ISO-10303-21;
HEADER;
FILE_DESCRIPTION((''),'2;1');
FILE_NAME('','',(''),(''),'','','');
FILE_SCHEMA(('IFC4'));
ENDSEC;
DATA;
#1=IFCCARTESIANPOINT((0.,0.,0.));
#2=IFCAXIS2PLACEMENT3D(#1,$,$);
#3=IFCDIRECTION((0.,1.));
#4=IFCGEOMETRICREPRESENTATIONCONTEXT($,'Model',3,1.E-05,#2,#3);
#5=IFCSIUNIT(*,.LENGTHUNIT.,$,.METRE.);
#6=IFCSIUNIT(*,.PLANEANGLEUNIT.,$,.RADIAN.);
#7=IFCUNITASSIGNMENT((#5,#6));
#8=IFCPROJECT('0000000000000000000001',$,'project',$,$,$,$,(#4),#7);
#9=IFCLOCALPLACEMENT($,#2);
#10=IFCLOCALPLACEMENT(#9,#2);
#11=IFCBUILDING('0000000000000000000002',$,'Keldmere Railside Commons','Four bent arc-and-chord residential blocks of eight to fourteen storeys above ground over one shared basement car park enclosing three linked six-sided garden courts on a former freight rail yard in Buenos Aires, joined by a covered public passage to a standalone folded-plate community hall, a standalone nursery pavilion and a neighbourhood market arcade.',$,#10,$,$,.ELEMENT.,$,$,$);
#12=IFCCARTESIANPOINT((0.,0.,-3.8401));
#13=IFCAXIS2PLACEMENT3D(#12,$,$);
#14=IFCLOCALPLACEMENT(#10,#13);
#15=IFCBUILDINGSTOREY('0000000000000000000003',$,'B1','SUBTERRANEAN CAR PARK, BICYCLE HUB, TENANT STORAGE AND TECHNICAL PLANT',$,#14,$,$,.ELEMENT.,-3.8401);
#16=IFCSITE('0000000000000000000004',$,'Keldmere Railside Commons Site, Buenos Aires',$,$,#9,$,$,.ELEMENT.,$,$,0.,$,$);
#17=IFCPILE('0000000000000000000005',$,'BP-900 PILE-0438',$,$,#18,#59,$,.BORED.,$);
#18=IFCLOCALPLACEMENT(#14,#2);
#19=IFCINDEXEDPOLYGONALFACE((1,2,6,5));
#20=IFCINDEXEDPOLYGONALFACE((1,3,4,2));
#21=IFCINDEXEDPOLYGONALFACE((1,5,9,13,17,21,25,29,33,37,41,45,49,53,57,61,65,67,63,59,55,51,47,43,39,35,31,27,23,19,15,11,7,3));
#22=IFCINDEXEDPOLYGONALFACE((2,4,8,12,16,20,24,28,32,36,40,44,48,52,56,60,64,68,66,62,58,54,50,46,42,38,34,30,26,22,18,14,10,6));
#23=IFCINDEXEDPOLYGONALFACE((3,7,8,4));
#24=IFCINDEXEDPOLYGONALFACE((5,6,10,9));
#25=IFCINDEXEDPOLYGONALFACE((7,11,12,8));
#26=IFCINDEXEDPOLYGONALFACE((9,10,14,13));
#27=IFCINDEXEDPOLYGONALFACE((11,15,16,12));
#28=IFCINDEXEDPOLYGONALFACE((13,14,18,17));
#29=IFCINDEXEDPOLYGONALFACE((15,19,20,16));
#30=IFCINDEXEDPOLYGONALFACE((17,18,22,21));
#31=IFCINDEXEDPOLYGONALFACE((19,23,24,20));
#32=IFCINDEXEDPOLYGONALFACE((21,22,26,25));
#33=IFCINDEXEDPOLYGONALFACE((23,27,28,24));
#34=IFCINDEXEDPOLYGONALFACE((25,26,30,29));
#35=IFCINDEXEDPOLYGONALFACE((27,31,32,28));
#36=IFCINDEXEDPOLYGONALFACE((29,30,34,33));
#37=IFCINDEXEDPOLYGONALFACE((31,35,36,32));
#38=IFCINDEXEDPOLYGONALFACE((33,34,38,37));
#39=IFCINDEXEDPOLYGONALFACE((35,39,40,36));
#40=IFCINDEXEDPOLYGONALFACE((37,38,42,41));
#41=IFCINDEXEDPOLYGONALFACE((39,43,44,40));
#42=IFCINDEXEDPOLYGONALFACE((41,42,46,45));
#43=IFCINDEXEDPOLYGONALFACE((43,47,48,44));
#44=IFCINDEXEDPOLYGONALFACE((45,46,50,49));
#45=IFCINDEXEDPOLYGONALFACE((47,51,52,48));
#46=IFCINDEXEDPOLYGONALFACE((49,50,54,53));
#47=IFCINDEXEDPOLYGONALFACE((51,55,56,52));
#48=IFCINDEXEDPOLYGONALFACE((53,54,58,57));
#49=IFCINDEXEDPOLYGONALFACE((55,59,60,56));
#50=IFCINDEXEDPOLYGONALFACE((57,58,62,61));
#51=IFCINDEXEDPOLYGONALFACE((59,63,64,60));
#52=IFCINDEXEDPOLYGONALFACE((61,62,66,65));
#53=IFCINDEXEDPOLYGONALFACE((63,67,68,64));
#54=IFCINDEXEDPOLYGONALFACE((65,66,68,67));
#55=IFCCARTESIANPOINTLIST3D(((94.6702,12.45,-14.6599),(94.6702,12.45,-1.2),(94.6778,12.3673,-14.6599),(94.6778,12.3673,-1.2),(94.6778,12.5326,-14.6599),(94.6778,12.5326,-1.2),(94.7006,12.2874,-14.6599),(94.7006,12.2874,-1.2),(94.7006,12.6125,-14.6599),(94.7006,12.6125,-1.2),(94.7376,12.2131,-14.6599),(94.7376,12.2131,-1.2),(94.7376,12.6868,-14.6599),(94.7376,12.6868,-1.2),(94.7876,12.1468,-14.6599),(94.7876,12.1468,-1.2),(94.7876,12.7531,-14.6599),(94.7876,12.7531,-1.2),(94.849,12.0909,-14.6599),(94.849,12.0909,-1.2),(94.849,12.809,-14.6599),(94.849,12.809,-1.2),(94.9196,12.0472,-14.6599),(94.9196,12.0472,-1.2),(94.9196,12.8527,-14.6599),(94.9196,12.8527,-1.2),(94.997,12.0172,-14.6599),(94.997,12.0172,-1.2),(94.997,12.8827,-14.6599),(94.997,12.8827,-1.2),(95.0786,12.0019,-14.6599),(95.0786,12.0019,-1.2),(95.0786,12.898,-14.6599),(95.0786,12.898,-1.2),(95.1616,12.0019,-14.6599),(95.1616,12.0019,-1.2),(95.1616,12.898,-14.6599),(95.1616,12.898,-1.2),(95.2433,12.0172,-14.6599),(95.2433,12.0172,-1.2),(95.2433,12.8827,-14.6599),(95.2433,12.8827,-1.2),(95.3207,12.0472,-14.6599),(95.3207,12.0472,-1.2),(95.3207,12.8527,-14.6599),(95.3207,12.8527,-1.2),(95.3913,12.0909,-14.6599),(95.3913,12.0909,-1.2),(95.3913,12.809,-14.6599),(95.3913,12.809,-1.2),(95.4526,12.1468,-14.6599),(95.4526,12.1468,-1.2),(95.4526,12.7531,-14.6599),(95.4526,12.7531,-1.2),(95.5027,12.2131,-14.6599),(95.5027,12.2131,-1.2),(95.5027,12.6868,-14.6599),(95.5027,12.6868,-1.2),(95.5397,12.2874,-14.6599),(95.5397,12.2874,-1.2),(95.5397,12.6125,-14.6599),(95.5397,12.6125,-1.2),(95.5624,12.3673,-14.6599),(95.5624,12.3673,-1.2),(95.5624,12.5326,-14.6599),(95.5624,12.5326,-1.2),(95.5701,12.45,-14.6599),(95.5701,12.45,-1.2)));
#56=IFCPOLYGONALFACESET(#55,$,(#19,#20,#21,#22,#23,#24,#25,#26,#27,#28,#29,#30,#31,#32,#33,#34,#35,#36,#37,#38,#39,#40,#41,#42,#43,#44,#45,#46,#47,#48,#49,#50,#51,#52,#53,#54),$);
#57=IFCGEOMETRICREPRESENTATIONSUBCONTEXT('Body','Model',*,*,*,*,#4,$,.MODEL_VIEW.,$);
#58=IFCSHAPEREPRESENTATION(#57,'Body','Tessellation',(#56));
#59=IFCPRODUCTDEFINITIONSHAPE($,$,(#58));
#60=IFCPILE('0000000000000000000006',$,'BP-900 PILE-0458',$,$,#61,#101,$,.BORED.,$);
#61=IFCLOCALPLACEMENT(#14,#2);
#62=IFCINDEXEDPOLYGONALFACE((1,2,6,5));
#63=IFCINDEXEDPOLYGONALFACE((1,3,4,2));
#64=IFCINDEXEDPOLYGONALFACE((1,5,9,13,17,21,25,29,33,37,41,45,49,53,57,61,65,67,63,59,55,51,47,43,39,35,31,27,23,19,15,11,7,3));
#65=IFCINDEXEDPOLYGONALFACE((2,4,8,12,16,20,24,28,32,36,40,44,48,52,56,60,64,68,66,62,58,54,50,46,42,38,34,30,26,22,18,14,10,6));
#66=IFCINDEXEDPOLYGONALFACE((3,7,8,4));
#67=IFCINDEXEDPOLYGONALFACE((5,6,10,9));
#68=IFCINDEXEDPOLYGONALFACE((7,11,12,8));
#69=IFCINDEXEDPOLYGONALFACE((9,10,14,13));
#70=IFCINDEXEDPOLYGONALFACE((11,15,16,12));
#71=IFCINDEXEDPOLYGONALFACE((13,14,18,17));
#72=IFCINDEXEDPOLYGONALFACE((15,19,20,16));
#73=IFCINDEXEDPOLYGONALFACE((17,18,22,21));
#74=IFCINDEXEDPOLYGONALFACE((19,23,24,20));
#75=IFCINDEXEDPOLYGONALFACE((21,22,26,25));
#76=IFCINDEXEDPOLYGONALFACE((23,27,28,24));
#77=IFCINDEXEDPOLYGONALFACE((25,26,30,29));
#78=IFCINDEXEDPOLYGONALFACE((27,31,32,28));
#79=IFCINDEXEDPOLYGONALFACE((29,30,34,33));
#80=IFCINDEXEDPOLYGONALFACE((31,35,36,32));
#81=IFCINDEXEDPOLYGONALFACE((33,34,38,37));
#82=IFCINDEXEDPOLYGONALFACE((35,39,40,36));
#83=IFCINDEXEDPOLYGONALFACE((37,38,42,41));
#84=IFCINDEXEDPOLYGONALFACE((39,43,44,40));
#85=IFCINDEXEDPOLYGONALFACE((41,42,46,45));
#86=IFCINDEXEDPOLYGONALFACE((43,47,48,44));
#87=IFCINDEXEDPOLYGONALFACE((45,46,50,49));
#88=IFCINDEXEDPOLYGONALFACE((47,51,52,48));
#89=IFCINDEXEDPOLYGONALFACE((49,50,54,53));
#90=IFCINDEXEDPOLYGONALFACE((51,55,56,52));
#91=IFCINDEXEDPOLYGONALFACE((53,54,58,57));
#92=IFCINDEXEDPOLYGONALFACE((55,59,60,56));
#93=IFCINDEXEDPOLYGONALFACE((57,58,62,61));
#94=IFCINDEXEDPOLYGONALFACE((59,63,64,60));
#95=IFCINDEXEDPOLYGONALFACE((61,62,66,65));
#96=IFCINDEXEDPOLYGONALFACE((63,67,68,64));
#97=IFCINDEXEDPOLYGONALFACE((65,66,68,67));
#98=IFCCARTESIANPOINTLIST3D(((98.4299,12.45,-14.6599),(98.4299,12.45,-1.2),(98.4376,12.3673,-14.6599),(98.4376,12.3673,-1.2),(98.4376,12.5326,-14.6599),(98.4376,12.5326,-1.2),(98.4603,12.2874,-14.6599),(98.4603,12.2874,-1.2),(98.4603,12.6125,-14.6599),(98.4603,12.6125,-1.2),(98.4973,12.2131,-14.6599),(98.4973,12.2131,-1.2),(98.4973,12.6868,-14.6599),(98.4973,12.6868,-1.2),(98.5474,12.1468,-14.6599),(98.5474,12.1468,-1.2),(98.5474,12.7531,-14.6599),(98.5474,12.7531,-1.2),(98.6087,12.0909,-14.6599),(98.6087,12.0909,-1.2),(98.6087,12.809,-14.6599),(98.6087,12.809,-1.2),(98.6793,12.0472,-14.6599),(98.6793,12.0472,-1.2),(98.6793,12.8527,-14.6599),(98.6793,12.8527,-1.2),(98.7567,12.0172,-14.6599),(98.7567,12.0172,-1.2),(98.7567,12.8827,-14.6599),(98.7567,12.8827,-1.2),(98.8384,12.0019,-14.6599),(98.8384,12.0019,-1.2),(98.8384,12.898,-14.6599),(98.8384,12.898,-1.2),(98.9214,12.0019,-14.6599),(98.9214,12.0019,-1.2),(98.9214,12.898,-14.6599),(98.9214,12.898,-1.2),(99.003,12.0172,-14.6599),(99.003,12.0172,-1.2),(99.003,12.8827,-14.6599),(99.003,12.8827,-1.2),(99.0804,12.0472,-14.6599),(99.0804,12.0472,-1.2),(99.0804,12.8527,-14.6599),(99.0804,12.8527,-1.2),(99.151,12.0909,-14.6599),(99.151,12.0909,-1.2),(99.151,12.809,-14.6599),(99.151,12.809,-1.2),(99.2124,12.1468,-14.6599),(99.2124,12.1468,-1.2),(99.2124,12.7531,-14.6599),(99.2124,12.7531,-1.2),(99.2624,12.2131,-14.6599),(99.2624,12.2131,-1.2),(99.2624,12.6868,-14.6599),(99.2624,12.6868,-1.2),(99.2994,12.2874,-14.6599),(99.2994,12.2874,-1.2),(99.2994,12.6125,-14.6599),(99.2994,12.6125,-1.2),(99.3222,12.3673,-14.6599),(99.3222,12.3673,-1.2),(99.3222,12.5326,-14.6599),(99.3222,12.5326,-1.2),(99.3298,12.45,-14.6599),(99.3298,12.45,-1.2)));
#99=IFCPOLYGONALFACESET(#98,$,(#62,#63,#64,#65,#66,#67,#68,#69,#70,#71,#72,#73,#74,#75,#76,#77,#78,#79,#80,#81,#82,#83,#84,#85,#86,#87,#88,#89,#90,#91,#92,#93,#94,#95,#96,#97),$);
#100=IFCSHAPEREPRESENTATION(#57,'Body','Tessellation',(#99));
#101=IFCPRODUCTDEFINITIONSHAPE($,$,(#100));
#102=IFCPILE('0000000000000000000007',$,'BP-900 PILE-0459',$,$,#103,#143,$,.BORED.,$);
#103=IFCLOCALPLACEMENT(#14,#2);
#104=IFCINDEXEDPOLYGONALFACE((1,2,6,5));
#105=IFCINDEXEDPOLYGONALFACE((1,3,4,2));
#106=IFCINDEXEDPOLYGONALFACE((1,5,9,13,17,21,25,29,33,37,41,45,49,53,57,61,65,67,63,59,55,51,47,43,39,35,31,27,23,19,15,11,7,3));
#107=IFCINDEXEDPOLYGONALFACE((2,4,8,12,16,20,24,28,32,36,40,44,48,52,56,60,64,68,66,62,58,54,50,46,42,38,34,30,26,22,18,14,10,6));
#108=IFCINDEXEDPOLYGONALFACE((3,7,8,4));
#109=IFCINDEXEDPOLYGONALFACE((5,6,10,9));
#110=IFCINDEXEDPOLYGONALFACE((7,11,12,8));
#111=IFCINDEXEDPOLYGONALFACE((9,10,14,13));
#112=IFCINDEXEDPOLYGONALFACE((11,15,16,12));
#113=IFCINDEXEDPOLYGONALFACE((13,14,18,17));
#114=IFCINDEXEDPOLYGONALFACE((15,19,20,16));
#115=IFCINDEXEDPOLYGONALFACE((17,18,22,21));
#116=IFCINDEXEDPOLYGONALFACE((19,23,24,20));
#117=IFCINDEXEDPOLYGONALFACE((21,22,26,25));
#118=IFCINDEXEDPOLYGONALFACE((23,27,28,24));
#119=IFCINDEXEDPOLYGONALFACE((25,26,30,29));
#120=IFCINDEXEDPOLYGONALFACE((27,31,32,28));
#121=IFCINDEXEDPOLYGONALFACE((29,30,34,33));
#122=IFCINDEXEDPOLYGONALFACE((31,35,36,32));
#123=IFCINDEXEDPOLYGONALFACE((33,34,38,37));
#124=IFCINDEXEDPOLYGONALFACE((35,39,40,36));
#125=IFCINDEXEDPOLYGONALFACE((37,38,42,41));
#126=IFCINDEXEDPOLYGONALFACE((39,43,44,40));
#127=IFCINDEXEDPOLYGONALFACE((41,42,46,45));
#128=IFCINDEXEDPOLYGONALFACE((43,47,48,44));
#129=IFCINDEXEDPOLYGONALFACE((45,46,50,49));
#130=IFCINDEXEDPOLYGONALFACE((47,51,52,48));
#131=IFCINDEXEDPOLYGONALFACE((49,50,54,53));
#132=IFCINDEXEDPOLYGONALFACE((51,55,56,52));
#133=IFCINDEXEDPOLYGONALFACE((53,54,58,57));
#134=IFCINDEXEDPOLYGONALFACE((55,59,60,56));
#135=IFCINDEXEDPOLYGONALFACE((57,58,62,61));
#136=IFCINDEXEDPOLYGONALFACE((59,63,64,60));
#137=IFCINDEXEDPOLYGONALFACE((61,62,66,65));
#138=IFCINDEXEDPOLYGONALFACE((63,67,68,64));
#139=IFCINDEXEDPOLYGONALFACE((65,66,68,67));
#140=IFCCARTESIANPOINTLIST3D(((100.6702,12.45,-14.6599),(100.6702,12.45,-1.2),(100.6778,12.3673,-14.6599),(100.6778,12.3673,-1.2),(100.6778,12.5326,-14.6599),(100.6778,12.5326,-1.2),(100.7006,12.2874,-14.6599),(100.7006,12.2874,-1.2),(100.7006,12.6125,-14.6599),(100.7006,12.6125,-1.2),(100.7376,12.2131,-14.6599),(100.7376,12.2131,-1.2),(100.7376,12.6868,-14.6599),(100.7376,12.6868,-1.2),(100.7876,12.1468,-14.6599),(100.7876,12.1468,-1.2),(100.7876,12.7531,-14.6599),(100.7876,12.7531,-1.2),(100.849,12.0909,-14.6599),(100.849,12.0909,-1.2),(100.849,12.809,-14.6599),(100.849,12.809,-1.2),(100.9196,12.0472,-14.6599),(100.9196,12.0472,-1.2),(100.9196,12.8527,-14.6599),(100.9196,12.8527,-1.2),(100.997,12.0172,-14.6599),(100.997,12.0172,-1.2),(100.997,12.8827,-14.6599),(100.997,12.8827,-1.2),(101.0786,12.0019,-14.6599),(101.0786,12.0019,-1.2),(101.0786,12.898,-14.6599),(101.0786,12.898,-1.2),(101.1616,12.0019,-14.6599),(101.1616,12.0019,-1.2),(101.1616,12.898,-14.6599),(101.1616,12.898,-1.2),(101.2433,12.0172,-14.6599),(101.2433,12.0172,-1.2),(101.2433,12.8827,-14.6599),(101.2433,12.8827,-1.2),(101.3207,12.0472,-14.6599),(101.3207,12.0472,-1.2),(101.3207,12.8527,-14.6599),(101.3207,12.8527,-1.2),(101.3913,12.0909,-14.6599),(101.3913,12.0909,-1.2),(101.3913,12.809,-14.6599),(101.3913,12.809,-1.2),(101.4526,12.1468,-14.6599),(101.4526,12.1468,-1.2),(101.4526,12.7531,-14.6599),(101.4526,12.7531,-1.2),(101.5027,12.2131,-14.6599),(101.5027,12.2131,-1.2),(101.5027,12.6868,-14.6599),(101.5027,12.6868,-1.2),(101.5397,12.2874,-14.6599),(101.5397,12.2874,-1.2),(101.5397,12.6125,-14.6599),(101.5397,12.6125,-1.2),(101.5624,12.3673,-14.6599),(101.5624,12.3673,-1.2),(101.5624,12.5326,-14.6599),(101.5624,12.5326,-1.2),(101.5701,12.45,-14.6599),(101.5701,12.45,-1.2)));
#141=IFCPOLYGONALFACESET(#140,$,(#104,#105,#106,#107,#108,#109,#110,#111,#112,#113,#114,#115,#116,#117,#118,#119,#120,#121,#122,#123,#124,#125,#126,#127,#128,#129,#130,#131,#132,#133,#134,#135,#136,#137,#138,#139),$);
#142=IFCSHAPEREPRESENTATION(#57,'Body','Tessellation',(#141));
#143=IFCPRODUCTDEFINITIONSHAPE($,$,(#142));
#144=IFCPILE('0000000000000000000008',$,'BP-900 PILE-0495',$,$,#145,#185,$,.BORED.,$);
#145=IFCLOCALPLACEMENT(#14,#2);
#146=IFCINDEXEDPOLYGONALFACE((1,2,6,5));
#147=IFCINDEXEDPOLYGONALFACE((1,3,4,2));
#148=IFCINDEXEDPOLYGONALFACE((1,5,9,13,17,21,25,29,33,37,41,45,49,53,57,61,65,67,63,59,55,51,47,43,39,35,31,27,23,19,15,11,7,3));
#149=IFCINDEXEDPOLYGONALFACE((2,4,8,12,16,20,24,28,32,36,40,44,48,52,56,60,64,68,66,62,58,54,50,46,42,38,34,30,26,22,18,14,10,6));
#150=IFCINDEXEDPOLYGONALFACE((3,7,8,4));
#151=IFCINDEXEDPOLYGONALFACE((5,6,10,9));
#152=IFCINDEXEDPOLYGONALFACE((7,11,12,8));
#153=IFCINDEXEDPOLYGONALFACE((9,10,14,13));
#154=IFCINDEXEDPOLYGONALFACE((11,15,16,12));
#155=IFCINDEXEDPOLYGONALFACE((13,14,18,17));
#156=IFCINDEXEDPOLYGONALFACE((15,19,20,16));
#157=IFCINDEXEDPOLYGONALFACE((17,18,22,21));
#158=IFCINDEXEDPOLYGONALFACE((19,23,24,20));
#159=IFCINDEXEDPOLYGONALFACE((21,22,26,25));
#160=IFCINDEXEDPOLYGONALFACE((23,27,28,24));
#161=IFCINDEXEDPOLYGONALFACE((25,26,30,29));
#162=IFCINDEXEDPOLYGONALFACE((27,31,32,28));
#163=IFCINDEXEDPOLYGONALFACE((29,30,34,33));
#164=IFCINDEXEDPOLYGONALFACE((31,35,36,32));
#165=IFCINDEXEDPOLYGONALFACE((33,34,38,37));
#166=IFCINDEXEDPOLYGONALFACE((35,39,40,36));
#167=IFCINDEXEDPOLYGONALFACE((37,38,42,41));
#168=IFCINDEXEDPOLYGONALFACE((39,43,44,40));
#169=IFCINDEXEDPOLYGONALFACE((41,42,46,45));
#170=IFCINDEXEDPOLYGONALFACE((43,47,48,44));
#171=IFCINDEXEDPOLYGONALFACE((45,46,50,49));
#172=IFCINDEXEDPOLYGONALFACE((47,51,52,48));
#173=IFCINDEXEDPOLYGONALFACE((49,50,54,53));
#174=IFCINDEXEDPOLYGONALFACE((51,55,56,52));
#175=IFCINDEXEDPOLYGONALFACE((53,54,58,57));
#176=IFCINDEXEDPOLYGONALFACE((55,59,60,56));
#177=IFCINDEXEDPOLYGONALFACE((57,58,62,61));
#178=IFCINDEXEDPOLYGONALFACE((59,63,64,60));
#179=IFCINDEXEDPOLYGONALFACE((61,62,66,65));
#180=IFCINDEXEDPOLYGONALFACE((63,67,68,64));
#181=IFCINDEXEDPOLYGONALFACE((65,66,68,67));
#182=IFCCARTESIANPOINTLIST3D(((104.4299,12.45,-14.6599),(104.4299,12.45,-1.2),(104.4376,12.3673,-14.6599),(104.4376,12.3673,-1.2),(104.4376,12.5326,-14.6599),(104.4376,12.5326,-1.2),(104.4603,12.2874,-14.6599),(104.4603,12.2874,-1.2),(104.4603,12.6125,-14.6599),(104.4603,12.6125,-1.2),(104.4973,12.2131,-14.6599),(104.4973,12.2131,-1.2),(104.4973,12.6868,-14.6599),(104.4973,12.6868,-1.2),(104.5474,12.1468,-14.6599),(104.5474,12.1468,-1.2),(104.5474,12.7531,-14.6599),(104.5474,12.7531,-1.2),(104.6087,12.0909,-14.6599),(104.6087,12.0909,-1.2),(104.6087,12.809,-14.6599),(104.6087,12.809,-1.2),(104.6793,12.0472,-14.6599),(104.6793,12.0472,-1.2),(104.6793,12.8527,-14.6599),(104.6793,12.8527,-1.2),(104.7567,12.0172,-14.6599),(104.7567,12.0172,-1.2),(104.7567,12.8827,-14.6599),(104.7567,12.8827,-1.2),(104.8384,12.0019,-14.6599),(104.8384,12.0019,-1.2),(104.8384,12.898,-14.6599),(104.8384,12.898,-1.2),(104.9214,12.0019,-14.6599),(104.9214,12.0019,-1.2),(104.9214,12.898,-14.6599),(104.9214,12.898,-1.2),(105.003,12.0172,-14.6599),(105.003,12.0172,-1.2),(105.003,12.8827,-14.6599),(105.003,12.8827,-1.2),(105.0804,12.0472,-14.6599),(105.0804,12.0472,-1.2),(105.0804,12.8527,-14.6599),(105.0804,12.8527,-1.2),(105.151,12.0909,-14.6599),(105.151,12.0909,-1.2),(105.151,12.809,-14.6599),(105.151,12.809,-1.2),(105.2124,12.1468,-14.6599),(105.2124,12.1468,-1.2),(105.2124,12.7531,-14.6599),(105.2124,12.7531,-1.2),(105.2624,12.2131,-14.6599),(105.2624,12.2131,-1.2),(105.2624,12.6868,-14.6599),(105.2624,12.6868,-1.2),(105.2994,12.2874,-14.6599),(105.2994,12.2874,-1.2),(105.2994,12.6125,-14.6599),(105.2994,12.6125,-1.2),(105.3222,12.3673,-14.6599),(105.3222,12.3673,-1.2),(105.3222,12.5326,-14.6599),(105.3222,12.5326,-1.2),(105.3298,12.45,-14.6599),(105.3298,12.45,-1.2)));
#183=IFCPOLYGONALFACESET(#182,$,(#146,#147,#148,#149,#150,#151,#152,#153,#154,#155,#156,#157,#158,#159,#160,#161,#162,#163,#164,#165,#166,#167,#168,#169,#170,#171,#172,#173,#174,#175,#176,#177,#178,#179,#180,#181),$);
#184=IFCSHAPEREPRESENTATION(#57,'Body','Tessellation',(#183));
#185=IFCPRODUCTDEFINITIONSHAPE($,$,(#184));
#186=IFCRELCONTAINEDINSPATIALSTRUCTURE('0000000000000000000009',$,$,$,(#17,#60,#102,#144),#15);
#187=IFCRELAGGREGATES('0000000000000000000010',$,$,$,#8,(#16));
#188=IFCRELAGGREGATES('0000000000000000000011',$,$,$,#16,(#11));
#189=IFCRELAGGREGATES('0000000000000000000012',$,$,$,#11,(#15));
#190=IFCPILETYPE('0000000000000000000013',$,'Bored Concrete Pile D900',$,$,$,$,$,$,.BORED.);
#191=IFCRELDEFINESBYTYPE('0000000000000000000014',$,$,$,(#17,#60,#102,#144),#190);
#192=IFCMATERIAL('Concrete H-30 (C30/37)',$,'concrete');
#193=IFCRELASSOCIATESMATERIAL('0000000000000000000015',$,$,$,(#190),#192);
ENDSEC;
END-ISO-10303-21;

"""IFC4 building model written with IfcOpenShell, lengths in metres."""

from ifc_helpers import new_model, si_unit, direction, frame, origin, origin_2d, place, context, subcontext, project, spatial, circle, extrude, material, material_profile, profile_set, type_object, element, save


model = new_model("IFC4")

# Units and contexts
model_context = context("Model", 3, precision=1e-05, world=origin(), true_north=direction((0.0, 1.0)))
body_context = subcontext(model_context, "Body", "Model", "MODEL_VIEW")
ifc_project = project(units=[si_unit("LENGTHUNIT", "METRE"), si_unit("PLANEANGLEUNIT", "RADIAN")], contexts=[model_context])

# Site, building, storey
site_placement = place(None, origin())
site = spatial("IfcSite", under=ifc_project, at=site_placement, Name="Keldmere Railside Commons Site, Buenos Aires", CompositionType="ELEMENT", RefElevation=0.0)
building_placement = place(site_placement, origin())
building = spatial("IfcBuilding", under=site, at=building_placement, Name="Keldmere Railside Commons", Description="Four bent arc-and-chord residential blocks of eight to fourteen storeys above ground over one shared basement car park enclosing three linked six-sided garden courts on a former freight rail yard in Buenos Aires, joined by a covered public passage to a standalone folded-plate community hall, a standalone nursery pavilion and a neighbourhood market arcade.", CompositionType="ELEMENT")
storey_placement = place(building_placement, frame((0.0, 0.0, -3.8401)))
storey = spatial("IfcBuildingStorey", under=building, at=storey_placement, Name="B1", Description="SUBTERRANEAN CAR PARK, BICYCLE HUB, TENANT STORAGE AND TECHNICAL PLANT", CompositionType="ELEMENT", Elevation=-3.8401)

# Piles
ifc_material_1 = material(Name="Concrete H-30 (C30/37)", Category="concrete")
ifc_material_profile_1 = material_profile(ifc_material_1, circle(Radius=0.45, at=origin_2d()), Name="PILE-D900")
ifc_profile_set_1 = profile_set([ifc_material_profile_1], Name="Concrete H-30 (C30/37)")
pile_type_1 = type_object("IfcPileType", Name="Bored Concrete Pile D900", PredefinedType="BORED", material=ifc_profile_set_1)
for number, where, z_axis, x_axis, name in (
    (1, (95.1201, 12.45, -1.2), (0.0, 0.0, -1.0), (1.0, 0.0, 0.0), "BP-900 PILE-0438"),
    (2, (98.8799, 12.45, -1.2), (0.0, 0.0, -1.0), (1.0, 0.0, 0.0), "BP-900 PILE-0458"),
    (3, (101.1201, 12.45, -1.2), (0.0, 0.0, -1.0), (1.0, 0.0, 0.0), "BP-900 PILE-0459"),
    (4, (104.8799, 12.45, -1.2), (0.0, 0.0, -1.0), (1.0, 0.0, 0.0), "BP-900 PILE-0495"),
):
    element("IfcPile", number, at=place(storey_placement, frame(where, z_axis=z_axis, x_axis=x_axis)), inside=storey, type_object=pile_type_1, Name=name, PredefinedType="BORED", context=body_context, shape_type="SweptSolid", body=[
        extrude(circle(Radius=0.45, at=origin_2d()), origin(), (0.0, 0.0, 1.0), 13.46),
    ])

save(model, "model.ifc")
